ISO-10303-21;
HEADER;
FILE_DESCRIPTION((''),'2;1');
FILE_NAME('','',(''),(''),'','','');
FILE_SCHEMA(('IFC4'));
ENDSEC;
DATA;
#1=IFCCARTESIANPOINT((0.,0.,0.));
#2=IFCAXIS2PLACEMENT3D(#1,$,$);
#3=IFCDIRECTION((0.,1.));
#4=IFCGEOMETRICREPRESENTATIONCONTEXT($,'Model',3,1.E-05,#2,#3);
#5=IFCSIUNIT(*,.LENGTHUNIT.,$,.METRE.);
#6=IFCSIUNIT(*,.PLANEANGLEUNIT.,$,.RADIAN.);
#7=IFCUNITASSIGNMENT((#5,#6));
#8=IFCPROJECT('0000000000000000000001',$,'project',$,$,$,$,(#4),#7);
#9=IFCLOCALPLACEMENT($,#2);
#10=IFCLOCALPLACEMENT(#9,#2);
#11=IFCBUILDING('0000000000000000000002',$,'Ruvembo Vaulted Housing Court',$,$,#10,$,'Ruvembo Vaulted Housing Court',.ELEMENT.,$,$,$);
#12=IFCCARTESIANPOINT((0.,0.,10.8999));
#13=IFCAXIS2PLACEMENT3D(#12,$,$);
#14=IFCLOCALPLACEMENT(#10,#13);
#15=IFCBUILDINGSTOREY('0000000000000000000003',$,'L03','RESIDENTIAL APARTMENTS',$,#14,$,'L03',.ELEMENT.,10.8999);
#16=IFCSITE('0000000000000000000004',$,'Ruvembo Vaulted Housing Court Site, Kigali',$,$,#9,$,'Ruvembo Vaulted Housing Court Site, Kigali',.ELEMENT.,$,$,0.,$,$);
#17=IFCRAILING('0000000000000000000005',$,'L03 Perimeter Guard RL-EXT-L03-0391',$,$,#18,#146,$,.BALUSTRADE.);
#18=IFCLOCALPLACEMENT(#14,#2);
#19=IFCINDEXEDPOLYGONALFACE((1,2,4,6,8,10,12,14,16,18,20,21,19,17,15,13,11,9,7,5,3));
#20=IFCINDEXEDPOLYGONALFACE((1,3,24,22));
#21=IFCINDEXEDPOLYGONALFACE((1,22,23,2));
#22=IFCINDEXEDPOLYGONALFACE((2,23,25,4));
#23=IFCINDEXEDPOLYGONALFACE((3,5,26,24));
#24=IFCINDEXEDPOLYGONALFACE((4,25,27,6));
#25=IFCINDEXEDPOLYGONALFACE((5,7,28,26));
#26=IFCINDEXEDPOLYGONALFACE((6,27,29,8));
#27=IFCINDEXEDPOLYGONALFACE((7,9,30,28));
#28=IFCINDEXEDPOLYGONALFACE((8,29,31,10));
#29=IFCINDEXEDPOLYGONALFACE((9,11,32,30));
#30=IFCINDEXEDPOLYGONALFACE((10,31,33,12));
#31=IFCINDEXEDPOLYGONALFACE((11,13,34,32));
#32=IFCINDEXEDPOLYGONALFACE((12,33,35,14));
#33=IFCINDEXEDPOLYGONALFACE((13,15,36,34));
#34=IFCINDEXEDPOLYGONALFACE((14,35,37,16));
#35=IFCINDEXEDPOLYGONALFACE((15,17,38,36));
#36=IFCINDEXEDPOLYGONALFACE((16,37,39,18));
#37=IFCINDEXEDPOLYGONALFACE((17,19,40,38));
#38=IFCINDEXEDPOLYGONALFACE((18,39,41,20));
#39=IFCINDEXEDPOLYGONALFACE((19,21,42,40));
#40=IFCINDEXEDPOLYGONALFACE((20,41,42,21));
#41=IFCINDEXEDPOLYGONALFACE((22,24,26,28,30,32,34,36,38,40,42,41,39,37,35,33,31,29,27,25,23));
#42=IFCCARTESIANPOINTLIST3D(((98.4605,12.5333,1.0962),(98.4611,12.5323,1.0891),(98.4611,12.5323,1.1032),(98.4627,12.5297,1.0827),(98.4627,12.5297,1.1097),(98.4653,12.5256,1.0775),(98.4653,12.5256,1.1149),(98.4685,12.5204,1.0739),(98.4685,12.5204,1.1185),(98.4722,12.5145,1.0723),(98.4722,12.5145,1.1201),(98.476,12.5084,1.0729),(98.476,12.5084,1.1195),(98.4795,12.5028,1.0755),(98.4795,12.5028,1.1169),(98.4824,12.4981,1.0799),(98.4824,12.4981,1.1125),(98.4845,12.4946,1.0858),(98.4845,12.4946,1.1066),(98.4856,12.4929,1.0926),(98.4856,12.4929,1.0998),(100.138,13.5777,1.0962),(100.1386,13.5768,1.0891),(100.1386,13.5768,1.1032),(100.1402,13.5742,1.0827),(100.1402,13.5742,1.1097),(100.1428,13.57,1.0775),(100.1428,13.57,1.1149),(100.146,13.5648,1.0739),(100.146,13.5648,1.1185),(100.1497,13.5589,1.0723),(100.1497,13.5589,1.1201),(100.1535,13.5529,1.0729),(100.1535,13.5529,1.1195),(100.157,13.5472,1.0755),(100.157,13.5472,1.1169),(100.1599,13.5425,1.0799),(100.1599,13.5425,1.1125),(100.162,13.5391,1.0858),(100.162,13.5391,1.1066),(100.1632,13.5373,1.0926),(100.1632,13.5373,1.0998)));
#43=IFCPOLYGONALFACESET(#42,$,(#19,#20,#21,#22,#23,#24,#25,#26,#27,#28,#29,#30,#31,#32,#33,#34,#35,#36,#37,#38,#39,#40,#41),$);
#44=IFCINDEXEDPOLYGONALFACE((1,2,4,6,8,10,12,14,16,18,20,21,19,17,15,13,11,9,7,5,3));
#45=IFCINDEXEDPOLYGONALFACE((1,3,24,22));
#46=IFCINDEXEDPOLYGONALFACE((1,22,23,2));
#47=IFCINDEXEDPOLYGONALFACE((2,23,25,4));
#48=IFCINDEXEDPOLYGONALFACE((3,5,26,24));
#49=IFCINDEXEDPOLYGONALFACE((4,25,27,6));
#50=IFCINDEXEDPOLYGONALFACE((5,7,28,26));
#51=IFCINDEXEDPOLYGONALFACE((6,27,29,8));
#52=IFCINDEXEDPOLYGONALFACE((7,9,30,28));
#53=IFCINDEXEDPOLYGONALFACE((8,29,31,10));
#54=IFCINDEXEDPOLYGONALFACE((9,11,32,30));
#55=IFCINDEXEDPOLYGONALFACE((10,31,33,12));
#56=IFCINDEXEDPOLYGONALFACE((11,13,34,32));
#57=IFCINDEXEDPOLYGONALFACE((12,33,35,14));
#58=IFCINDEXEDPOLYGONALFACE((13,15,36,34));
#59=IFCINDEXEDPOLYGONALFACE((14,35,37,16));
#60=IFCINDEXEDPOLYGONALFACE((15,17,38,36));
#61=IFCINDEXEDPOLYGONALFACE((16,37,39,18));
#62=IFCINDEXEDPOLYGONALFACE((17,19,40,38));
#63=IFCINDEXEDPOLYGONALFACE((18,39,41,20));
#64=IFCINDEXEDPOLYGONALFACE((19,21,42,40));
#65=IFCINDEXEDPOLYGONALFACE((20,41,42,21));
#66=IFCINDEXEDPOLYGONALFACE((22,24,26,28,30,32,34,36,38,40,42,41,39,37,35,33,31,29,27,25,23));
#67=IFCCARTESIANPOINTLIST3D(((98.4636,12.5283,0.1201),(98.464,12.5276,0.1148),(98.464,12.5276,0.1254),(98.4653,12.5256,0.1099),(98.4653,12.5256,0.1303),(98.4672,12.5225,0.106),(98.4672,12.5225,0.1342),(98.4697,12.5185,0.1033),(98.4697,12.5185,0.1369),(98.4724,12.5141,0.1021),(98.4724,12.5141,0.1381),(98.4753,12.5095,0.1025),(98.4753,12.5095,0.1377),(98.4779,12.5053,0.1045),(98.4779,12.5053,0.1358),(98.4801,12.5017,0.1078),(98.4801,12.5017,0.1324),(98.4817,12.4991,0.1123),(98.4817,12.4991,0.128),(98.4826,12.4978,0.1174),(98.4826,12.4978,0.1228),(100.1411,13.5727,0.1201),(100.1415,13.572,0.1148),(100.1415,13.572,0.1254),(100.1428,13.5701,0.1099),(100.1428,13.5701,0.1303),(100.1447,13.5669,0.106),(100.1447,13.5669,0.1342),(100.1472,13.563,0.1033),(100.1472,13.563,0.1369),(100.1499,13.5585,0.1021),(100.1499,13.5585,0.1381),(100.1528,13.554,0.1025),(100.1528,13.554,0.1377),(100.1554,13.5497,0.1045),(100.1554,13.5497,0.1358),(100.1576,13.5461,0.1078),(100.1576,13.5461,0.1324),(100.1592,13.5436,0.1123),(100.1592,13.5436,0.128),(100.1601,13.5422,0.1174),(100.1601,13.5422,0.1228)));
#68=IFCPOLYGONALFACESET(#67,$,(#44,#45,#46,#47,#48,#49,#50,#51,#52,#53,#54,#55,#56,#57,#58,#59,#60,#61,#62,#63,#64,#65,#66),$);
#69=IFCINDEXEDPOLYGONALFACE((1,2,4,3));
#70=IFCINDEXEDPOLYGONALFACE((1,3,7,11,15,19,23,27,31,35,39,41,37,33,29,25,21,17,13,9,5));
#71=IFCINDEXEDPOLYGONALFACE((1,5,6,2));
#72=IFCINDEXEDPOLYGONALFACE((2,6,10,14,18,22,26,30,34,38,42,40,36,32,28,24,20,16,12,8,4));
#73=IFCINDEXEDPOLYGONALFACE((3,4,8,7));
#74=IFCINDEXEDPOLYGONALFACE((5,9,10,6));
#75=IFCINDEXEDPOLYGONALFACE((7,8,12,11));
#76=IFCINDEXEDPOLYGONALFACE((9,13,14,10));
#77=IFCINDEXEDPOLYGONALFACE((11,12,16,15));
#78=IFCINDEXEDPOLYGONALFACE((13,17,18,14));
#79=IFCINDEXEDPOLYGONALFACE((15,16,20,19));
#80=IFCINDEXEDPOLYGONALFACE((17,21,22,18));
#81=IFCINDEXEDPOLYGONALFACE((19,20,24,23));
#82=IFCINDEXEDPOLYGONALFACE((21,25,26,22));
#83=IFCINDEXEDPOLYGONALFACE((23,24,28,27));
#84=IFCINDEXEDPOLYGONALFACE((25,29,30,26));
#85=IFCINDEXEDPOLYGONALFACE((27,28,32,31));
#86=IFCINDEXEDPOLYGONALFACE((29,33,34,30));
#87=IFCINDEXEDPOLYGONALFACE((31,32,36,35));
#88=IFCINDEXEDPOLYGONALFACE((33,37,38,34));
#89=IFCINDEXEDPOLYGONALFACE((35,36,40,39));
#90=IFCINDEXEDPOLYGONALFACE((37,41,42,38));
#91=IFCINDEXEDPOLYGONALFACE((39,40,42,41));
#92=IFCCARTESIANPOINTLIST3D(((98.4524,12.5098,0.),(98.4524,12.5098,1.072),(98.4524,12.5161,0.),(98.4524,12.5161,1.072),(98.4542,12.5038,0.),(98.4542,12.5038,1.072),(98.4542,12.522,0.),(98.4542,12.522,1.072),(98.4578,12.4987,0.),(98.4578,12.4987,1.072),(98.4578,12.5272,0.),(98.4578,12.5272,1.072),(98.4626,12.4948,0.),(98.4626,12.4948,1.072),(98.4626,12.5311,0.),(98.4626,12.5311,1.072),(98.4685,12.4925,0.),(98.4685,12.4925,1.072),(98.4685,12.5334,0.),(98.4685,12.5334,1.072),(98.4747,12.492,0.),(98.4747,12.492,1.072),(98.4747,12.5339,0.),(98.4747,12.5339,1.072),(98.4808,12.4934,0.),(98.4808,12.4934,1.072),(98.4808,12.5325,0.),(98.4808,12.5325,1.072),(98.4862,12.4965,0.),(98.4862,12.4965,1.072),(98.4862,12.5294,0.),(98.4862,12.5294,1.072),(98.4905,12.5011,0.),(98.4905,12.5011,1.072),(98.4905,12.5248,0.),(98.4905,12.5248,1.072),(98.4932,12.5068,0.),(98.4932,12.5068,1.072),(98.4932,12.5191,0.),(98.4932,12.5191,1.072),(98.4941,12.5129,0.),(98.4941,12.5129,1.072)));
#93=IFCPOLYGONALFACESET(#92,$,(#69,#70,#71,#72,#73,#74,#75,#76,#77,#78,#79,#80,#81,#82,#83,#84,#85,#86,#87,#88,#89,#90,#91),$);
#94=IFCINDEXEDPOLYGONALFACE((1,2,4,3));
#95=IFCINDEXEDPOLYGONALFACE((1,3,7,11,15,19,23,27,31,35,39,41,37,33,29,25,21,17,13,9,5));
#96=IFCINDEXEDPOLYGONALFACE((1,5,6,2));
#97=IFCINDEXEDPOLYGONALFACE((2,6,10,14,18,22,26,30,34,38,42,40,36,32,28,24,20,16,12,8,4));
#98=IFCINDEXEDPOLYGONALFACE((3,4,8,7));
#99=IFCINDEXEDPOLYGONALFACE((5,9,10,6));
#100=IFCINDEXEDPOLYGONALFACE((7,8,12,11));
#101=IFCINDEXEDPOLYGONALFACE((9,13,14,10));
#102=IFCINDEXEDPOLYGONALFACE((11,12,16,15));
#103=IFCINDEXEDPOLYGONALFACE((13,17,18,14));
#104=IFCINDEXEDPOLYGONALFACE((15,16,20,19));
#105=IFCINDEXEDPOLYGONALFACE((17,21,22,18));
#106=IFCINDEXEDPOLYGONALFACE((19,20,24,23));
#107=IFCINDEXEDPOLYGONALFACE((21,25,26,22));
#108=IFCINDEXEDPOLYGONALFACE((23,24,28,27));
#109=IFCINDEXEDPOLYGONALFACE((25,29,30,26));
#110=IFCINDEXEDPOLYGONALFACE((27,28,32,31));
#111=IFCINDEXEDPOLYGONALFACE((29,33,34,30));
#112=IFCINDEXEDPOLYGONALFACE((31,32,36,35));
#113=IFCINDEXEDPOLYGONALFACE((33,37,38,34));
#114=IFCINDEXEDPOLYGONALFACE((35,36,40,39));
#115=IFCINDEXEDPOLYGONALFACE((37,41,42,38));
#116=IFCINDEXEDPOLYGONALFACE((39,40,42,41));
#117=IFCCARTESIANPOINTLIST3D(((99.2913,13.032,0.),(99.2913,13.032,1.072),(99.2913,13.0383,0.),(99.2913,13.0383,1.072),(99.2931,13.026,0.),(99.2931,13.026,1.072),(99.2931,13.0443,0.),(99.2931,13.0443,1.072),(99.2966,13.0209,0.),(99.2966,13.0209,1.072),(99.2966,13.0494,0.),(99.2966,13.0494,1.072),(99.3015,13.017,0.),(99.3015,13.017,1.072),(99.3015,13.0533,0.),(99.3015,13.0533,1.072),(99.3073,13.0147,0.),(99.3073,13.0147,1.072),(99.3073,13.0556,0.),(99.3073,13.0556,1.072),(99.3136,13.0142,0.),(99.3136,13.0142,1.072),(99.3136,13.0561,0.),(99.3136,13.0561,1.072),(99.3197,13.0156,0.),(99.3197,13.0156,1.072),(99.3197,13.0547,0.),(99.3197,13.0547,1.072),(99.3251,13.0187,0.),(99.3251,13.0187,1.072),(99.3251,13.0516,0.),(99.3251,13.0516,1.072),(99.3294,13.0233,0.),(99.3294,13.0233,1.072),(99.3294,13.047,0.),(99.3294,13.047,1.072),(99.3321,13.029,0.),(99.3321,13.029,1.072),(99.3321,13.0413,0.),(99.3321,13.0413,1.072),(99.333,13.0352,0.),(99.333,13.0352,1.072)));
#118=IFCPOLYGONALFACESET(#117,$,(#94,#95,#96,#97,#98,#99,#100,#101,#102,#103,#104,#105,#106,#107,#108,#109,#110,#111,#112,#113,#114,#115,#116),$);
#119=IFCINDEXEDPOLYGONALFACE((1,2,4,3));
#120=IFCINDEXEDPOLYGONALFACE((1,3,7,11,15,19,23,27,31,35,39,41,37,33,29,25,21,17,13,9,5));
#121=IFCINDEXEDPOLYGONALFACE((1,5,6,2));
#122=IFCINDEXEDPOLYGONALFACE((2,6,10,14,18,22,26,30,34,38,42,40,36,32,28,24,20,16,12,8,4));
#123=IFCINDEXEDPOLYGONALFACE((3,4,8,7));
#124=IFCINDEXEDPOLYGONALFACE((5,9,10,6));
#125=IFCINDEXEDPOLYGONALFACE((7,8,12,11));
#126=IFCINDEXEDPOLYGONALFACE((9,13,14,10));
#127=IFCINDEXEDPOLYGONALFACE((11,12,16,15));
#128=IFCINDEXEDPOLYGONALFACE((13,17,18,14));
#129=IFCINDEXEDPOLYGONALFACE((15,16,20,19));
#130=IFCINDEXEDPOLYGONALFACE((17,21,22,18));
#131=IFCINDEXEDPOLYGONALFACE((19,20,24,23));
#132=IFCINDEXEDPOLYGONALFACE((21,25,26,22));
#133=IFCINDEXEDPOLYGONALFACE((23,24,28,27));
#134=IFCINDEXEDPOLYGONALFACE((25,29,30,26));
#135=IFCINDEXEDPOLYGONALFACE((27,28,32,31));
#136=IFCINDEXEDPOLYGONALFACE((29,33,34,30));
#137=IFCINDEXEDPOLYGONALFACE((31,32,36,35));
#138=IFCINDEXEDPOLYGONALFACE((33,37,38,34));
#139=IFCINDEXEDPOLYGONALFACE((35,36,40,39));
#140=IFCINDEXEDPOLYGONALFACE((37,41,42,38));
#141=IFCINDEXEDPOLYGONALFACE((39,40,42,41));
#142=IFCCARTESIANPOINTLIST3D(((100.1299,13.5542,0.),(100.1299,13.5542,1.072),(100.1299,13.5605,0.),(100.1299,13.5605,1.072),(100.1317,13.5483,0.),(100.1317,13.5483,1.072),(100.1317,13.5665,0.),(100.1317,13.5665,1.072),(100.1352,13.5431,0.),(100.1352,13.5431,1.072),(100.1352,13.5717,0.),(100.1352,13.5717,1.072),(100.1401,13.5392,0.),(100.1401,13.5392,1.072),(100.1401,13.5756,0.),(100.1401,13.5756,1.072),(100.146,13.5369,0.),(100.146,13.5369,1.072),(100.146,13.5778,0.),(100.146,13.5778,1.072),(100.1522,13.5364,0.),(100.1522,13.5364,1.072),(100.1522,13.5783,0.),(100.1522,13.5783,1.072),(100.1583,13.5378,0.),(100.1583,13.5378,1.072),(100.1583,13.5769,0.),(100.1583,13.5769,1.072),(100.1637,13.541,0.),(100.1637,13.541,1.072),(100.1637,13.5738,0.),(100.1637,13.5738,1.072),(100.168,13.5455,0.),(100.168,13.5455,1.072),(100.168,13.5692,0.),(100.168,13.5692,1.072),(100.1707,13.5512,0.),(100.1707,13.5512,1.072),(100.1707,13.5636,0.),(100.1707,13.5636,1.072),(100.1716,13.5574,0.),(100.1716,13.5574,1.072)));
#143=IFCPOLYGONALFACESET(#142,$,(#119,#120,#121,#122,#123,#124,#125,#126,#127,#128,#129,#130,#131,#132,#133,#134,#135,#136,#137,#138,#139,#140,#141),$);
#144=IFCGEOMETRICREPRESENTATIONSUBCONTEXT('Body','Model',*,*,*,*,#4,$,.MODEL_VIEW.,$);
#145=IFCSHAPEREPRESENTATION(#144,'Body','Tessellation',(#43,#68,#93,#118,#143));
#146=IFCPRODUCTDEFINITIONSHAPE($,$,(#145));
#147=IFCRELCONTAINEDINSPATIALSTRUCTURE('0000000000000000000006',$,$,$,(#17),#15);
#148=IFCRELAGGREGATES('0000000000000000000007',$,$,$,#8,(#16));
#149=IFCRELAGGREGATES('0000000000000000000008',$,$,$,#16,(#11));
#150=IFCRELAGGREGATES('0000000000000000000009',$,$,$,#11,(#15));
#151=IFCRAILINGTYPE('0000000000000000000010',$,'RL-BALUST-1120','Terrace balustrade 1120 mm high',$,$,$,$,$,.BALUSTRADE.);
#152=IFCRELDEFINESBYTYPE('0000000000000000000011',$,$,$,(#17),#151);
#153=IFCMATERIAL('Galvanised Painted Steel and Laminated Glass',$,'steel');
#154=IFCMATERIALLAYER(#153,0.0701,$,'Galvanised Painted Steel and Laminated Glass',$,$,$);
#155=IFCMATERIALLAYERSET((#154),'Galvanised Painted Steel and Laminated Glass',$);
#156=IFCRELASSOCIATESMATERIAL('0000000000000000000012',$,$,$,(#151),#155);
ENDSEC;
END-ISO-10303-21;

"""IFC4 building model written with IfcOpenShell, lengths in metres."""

from ifc_helpers import new_model, si_unit, direction, frame, origin, origin_2d, place, context, subcontext, project, spatial, circle, extrude, material, layer, layer_set, type_object, element, save


model = new_model("IFC4")

# Units and contexts
model_context = context("Model", 3, precision=1e-05, world=origin(), true_north=direction((0.0, 1.0)))
body_context = subcontext(model_context, "Body", "Model", "MODEL_VIEW")
ifc_project = project(units=[si_unit("LENGTHUNIT", "METRE"), si_unit("PLANEANGLEUNIT", "RADIAN")], contexts=[model_context])

# Site, building, storey
site_placement = place(None, origin())
site = spatial("IfcSite", under=ifc_project, at=site_placement, Name="Ruvembo Vaulted Housing Court Site, Kigali", LongName="Ruvembo Vaulted Housing Court Site, Kigali", CompositionType="ELEMENT", RefElevation=0.0)
building_placement = place(site_placement, origin())
building = spatial("IfcBuilding", under=site, at=building_placement, Name="Ruvembo Vaulted Housing Court", LongName="Ruvembo Vaulted Housing Court", CompositionType="ELEMENT")
storey_placement = place(building_placement, frame((0.0, 0.0, 10.8999)))
storey = spatial("IfcBuildingStorey", under=building, at=storey_placement, Name="L03", Description="RESIDENTIAL APARTMENTS", LongName="L03", CompositionType="ELEMENT", Elevation=10.8999)

# Railing
ifc_material_1 = material(Name="Galvanised Painted Steel and Laminated Glass", Category="steel")
ifc_layer_1 = layer(ifc_material_1, 0.0701, Name="Galvanised Painted Steel and Laminated Glass")
ifc_layer_set_1 = layer_set([ifc_layer_1], Name="Galvanised Painted Steel and Laminated Glass")
railing_type_1 = type_object("IfcRailingType", Name="RL-BALUST-1120", Description="Terrace balustrade 1120 mm high", PredefinedType="BALUSTRADE", material=ifc_layer_set_1)
railing_1_placement = place(storey_placement, frame((98.4731, 12.5129, 0.0)))
element("IfcRailing", 1, at=railing_1_placement, inside=storey, type_object=railing_type_1, Name="L03 Perimeter Guard RL-EXT-L03-0391", PredefinedType="BALUSTRADE", context=body_context, shape_type="SweptSolid", body=[
    extrude(circle(Radius=0.0239, at=origin_2d()), frame((0.0, 0.0, 1.0962), z_axis=(0.848906, 0.528543, 0.0), x_axis=(-0.528543, 0.848906, 0.0)), (0.0, 0.0, 1.0), 1.9761),
    extrude(circle(Radius=0.0181, at=origin_2d()), frame((0.0, 0.0, 0.1201), z_axis=(0.848906, 0.528543, 0.0), x_axis=(-0.528543, 0.848906, 0.0)), (0.0, 0.0, 1.0), 1.9761),
    extrude(circle(Radius=0.021, at=origin_2d()), origin(), (0.0, 0.0, 1.0), 1.072),
    extrude(circle(Radius=0.021, at=origin_2d()), frame((0.8389, 0.5222, 0.0)), (0.0, 0.0, 1.0), 1.072),
    extrude(circle(Radius=0.021, at=origin_2d()), frame((1.6775, 1.0444, 0.0)), (0.0, 0.0, 1.0), 1.072),
])

save(model, "model.ifc")
